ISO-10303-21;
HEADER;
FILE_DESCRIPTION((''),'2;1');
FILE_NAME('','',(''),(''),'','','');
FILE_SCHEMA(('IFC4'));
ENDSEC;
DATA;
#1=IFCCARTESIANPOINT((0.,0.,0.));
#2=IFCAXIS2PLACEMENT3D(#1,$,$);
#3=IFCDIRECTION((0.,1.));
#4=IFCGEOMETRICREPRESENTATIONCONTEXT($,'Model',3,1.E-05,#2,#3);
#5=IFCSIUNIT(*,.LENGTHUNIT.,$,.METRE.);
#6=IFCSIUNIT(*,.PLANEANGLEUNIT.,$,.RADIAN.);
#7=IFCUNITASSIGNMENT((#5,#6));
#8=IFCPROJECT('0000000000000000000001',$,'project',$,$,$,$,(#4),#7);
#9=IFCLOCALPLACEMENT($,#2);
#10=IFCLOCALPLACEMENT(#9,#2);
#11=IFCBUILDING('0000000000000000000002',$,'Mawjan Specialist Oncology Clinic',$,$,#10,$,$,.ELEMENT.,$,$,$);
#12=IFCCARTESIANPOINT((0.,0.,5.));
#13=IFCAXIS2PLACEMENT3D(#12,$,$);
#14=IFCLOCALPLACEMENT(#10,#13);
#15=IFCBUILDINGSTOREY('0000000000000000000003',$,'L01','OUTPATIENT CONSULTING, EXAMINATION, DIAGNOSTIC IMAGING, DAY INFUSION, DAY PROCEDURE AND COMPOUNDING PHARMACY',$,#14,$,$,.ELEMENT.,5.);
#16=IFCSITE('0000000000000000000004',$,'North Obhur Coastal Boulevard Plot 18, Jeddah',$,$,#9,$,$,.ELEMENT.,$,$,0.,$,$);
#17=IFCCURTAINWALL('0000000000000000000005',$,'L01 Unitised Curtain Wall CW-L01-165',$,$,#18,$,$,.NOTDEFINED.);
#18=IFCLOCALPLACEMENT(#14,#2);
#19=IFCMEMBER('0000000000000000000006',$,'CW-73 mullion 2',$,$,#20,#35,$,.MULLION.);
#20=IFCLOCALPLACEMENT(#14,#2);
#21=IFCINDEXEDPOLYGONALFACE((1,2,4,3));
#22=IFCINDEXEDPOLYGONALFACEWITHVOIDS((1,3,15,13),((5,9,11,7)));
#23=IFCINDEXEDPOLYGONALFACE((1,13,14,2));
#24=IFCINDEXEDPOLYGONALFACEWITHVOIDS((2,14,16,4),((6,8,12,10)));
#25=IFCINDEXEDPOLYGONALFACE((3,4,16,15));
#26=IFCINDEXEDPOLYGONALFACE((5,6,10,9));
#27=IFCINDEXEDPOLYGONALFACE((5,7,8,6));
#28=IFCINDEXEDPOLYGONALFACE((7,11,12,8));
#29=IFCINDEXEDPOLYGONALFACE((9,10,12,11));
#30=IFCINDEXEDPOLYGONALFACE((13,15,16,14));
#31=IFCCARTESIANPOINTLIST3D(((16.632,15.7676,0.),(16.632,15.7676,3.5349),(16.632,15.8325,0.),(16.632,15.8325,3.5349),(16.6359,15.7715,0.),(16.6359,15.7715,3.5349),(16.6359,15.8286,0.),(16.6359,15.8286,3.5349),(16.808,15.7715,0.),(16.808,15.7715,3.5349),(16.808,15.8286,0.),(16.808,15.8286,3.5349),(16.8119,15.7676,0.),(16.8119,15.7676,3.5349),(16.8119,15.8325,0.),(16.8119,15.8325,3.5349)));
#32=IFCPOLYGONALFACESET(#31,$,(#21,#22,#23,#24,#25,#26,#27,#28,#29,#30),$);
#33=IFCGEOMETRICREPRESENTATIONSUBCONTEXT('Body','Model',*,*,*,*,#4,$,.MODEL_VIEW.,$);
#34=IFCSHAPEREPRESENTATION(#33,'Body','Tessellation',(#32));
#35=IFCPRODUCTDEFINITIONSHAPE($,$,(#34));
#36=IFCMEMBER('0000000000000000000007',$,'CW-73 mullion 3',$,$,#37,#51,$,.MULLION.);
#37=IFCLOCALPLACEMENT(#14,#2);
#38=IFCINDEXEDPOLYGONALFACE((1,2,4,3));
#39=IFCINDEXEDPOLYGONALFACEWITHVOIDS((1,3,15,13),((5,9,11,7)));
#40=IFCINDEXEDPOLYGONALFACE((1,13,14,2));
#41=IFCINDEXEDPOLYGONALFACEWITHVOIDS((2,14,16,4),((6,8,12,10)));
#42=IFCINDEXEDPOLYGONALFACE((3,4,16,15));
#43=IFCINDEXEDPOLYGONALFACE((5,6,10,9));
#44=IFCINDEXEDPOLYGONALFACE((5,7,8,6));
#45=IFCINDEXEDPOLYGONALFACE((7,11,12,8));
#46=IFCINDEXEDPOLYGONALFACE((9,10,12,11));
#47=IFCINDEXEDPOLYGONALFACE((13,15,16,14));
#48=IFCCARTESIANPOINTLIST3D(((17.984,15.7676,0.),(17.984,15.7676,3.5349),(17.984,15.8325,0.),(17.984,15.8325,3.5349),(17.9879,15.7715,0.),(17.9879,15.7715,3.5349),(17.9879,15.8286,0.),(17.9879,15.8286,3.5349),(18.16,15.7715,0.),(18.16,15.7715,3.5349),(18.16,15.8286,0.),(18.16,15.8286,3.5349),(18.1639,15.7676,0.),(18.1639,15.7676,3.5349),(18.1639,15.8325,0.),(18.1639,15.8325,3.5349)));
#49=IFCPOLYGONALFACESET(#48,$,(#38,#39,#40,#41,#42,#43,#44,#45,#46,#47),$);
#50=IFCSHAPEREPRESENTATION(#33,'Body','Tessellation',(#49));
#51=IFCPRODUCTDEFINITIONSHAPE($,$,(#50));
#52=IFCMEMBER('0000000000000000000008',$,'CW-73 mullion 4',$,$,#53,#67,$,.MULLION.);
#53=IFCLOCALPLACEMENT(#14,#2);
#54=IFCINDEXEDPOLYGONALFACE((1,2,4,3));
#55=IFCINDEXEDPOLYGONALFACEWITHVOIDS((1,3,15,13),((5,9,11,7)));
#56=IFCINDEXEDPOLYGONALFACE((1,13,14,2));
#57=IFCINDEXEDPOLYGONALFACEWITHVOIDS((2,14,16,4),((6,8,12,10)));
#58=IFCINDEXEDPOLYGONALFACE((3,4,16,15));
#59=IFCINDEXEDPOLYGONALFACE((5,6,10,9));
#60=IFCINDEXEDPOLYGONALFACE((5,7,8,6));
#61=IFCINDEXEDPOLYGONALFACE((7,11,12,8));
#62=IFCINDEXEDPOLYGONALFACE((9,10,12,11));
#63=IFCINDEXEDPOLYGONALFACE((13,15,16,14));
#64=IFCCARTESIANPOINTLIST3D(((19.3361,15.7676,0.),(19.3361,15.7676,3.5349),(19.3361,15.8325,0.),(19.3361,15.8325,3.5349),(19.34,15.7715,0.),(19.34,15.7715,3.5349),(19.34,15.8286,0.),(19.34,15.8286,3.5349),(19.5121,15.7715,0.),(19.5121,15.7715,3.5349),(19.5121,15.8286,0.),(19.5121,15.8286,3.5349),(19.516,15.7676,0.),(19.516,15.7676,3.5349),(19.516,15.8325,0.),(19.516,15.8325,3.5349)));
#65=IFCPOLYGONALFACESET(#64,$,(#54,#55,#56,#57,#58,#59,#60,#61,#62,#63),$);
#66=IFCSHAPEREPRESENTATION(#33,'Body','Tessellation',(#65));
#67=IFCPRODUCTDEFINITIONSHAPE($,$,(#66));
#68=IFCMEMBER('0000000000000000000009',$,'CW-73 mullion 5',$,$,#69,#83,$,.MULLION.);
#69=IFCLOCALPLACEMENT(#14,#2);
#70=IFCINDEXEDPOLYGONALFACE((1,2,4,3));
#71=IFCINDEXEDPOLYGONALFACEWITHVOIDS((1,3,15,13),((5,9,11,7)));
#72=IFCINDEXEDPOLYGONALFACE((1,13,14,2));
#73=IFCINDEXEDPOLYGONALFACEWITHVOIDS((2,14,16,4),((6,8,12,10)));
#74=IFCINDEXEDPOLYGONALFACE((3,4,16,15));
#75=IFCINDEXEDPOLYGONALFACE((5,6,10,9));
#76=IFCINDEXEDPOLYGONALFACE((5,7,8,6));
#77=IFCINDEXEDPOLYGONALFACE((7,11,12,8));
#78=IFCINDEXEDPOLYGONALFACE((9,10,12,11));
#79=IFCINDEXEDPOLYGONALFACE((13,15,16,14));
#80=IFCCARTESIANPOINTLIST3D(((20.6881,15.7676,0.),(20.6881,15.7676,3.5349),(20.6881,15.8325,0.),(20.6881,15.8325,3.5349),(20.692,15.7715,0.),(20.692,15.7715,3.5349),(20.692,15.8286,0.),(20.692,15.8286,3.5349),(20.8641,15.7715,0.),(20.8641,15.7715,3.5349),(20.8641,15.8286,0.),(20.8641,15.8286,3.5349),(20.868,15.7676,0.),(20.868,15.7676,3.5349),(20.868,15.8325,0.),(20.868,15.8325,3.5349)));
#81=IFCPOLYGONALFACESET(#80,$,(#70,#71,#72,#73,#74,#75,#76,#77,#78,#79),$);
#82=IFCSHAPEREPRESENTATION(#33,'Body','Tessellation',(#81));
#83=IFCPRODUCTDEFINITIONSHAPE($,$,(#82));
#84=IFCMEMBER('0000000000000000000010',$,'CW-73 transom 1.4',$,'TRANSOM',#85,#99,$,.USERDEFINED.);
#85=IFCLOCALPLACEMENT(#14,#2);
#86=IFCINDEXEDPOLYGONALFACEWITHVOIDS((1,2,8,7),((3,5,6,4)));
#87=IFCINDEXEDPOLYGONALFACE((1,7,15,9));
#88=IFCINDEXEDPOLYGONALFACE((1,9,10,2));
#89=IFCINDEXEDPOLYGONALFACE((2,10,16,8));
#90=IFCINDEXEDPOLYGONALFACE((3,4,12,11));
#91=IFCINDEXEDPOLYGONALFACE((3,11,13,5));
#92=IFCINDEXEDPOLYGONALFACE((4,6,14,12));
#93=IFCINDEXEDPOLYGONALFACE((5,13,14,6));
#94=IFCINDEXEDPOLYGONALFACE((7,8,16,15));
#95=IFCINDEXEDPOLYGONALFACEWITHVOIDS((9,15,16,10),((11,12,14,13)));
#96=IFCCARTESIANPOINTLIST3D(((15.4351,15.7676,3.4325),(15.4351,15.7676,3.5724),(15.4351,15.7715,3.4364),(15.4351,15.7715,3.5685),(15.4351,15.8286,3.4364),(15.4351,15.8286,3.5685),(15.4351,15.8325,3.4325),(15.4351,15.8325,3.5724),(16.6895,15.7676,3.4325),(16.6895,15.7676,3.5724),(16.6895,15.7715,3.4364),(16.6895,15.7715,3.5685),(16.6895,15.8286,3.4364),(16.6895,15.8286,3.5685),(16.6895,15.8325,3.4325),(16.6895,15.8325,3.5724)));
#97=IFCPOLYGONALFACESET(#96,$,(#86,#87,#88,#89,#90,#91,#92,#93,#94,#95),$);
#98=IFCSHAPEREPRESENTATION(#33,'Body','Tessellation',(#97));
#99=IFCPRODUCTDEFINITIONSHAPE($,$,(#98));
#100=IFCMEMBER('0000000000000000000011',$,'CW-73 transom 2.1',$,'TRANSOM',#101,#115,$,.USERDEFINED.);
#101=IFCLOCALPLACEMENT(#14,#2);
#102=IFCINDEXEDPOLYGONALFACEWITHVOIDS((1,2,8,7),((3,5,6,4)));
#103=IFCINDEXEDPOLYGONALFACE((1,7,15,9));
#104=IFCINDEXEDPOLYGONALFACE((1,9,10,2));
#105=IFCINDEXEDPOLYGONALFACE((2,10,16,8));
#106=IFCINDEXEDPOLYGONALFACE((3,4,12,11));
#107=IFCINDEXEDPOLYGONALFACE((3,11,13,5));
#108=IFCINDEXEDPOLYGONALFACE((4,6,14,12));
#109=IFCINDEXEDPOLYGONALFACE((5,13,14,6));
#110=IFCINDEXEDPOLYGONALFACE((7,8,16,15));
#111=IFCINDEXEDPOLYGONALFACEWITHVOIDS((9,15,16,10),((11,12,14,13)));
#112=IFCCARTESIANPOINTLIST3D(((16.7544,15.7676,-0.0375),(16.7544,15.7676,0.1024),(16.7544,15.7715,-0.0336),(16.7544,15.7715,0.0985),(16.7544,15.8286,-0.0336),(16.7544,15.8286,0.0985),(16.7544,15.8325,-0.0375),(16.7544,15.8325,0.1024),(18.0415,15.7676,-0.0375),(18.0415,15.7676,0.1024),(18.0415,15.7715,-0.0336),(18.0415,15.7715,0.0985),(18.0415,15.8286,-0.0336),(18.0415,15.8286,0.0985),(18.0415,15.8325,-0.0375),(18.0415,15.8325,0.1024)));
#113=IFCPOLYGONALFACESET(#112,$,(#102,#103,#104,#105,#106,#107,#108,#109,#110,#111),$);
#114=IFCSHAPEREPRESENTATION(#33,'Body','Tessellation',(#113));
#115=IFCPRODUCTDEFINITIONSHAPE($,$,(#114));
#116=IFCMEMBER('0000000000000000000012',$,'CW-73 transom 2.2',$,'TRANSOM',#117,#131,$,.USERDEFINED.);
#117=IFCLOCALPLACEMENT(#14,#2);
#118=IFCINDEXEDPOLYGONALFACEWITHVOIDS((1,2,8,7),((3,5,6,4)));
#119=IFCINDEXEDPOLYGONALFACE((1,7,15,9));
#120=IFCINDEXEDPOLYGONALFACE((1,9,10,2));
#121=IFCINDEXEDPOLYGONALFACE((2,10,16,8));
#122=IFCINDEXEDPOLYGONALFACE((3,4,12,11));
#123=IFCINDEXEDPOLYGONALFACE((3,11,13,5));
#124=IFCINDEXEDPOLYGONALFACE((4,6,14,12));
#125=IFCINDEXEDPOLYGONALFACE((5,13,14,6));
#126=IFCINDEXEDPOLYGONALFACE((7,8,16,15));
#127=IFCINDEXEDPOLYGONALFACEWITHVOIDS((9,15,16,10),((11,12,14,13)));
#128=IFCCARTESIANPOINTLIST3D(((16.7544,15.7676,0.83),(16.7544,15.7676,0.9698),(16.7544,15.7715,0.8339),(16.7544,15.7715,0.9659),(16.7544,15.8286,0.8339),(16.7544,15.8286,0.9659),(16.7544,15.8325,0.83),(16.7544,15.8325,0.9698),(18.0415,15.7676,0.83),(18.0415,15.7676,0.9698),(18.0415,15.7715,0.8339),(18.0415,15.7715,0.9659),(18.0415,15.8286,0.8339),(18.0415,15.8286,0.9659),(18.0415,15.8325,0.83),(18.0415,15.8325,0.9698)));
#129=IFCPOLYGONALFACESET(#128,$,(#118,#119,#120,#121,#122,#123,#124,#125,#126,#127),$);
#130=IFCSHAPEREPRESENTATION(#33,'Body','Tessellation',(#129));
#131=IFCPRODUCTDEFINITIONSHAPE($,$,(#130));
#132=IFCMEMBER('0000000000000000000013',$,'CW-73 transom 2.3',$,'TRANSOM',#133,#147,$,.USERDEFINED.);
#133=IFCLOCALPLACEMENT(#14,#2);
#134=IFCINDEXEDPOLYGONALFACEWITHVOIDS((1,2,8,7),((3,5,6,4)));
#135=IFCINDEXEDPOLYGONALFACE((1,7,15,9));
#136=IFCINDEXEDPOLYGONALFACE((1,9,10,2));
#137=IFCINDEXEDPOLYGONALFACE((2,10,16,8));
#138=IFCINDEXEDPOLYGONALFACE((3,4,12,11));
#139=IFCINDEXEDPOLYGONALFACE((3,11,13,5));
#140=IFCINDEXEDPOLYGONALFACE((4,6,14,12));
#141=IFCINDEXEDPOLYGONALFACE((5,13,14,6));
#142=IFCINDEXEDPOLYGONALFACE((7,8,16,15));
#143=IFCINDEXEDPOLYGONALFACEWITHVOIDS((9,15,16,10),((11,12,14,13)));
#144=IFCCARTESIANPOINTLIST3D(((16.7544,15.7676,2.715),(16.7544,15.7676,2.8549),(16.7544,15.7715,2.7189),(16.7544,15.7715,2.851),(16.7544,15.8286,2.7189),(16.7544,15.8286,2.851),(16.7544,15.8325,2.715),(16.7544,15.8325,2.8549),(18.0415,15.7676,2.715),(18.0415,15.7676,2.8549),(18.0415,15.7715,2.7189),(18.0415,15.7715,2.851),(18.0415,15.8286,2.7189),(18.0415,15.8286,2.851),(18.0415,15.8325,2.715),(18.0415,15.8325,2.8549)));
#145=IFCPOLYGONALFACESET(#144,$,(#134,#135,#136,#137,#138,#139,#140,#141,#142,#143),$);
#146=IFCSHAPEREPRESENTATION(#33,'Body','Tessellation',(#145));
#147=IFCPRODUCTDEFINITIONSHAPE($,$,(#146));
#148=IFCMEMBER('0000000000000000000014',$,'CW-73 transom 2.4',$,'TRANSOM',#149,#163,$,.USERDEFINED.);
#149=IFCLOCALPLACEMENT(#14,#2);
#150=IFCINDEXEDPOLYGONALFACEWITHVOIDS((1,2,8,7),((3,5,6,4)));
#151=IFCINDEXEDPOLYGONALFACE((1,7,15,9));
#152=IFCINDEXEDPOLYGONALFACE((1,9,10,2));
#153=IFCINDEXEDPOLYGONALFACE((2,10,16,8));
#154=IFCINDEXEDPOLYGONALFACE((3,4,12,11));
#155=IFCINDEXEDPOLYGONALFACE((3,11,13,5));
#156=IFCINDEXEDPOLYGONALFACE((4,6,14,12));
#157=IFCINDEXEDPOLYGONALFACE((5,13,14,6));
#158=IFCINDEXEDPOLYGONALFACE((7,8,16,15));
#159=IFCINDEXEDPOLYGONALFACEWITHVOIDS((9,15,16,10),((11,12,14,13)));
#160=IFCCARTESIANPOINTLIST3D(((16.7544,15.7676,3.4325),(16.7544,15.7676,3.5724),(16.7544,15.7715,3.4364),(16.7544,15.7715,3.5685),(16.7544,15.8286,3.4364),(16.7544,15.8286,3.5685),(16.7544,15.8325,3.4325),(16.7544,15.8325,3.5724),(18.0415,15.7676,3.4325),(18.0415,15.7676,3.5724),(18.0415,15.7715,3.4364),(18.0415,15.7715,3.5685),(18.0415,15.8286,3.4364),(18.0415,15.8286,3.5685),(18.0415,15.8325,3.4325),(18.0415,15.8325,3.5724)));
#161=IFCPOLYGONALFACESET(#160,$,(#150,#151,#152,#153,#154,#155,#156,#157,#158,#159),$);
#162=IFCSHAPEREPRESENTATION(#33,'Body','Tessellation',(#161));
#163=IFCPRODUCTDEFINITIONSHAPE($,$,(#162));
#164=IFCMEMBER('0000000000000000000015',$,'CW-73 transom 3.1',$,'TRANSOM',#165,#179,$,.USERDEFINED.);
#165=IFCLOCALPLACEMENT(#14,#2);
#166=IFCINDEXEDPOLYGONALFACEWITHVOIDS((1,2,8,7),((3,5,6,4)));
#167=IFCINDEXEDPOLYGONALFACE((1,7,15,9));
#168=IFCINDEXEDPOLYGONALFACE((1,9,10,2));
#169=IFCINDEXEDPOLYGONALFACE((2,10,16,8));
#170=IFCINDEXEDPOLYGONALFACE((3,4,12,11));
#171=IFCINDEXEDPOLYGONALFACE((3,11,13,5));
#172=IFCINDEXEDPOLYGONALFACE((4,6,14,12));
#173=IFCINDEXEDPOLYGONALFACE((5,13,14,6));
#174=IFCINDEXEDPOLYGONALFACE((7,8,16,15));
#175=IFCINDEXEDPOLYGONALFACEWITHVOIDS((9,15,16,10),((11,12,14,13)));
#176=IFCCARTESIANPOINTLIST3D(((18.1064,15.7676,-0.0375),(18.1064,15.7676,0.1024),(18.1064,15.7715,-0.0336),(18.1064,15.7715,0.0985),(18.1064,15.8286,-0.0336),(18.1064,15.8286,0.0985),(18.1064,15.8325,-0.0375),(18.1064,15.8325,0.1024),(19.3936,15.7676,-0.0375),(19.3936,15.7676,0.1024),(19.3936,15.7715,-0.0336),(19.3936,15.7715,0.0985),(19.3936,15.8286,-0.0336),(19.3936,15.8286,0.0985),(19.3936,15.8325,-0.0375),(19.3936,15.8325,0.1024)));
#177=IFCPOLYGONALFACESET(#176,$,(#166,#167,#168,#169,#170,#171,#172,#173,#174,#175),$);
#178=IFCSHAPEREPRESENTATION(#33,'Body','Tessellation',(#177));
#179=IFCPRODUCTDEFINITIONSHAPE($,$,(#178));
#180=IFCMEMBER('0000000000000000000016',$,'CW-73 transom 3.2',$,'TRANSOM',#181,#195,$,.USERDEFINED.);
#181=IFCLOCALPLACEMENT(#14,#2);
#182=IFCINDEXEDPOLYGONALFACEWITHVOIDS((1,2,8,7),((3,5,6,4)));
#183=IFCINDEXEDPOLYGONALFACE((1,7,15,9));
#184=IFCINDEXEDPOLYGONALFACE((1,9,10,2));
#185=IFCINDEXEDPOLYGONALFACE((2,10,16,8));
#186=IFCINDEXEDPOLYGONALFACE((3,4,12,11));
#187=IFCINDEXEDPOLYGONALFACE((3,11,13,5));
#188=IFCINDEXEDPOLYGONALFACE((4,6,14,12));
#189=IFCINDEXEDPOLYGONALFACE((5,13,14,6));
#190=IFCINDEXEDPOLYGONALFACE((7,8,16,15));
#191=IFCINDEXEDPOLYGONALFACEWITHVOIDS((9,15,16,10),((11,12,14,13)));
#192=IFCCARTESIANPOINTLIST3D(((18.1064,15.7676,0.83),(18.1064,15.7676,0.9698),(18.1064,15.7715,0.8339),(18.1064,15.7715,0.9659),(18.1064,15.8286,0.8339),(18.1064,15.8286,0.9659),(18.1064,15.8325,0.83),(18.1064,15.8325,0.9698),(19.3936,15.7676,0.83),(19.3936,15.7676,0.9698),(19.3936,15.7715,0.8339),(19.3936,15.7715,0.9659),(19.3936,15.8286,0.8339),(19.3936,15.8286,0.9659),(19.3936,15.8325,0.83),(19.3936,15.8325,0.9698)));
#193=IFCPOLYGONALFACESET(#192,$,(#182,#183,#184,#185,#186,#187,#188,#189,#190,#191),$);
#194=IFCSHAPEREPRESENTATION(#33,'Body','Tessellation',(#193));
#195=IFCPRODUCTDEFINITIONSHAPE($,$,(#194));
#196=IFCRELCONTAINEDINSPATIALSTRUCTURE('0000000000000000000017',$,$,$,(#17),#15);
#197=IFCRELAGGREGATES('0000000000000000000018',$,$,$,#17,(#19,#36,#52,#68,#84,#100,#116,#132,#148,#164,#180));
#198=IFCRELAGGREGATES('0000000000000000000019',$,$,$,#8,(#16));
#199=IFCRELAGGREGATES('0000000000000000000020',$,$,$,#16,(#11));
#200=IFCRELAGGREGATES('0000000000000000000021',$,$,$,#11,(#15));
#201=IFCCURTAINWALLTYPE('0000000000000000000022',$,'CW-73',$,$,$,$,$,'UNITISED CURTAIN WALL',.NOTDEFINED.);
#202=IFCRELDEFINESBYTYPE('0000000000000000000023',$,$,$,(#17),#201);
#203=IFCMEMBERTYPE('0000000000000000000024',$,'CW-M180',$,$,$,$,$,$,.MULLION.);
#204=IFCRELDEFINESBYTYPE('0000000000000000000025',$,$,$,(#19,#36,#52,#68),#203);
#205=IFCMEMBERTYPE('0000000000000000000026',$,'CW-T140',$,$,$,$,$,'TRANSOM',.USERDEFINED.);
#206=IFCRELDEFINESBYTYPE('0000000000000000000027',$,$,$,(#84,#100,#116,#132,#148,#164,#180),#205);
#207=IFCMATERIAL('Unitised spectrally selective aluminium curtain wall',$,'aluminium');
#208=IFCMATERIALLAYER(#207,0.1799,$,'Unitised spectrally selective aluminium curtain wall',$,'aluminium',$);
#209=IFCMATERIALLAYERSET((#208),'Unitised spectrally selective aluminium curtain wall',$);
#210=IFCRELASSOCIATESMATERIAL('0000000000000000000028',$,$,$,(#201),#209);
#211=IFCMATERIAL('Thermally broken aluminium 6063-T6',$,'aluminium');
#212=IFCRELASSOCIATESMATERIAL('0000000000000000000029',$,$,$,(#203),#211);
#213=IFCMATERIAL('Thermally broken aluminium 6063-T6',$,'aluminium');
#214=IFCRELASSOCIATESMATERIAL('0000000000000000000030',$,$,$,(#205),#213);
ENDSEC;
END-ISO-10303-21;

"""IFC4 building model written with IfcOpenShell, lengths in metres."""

from ifc_helpers import new_model, si_unit, direction, frame, origin, origin_2d, place, context, subcontext, project, spatial, hollow_rectangle, extrude, material, layer, layer_set, material_profile, profile_set, type_object, element, aggregate, save


model = new_model("IFC4")

# Units and contexts
model_context = context("Model", 3, precision=1e-05, world=origin(), true_north=direction((0.0, 1.0)))
body_context = subcontext(model_context, "Body", "Model", "MODEL_VIEW")
ifc_project = project(units=[si_unit("LENGTHUNIT", "METRE"), si_unit("PLANEANGLEUNIT", "RADIAN")], contexts=[model_context])

# Site, building, storey
site_placement = place(None, origin())
site = spatial("IfcSite", under=ifc_project, at=site_placement, Name="North Obhur Coastal Boulevard Plot 18, Jeddah", CompositionType="ELEMENT", RefElevation=0.0)
building_placement = place(site_placement, origin())
building = spatial("IfcBuilding", under=site, at=building_placement, Name="Mawjan Specialist Oncology Clinic", CompositionType="ELEMENT")
storey_placement = place(building_placement, frame((0.0, 0.0, 5.0)))
storey = spatial("IfcBuildingStorey", under=building, at=storey_placement, Name="L01", Description="OUTPATIENT CONSULTING, EXAMINATION, DIAGNOSTIC IMAGING, DAY INFUSION, DAY PROCEDURE AND COMPOUNDING PHARMACY", CompositionType="ELEMENT", Elevation=5.0)

# Curtain wall, members
ifc_material_1 = material(Name="Unitised spectrally selective aluminium curtain wall", Category="aluminium")
ifc_layer_1 = layer(ifc_material_1, 0.1799, Name="Unitised spectrally selective aluminium curtain wall", Category="aluminium")
ifc_layer_set_1 = layer_set([ifc_layer_1], Name="Unitised spectrally selective aluminium curtain wall")
curtain_wall_type = type_object("IfcCurtainWallType", Name="CW-73", ElementType="UNITISED CURTAIN WALL", PredefinedType="NOTDEFINED", material=ifc_layer_set_1)
curtain_wall_placement = place(storey_placement, origin())
curtain_wall = element("IfcCurtainWall", 1, at=curtain_wall_placement, inside=storey, type_object=curtain_wall_type, Name="L01 Unitised Curtain Wall CW-L01-165", PredefinedType="NOTDEFINED")
ifc_material_2 = material(Name="Thermally broken aluminium 6063-T6", Category="aluminium")
ifc_material_profile_1 = material_profile(ifc_material_2, hollow_rectangle(XDim=0.0649, YDim=0.1799, WallThickness=0.0039, at=origin_2d()), Name="ALU MULLION 180x65x4", Category="aluminium")
ifc_profile_set_1 = profile_set([ifc_material_profile_1], Name="Thermally broken aluminium 6063-T6")
member_type_1 = type_object("IfcMemberType", Name="CW-M180", PredefinedType="MULLION", material=ifc_profile_set_1)
member_1_placement = place(storey_placement, frame((16.7219, 15.8, 0.0), z_axis=(0.0, 0.0, 1.0), x_axis=(0.0, 1.0, 0.0)))
member_1 = element("IfcMember", 2, at=member_1_placement, type_object=member_type_1, Name="CW-73 mullion 2", PredefinedType="MULLION", context=body_context, shape_type="SweptSolid", body=[
    extrude(hollow_rectangle(XDim=0.0649, YDim=0.1799, WallThickness=0.0039, at=origin_2d()), origin(), (0.0, 0.0, 1.0), 3.5349),
])
member_2_placement = place(storey_placement, frame((18.074, 15.8, 0.0), z_axis=(0.0, 0.0, 1.0), x_axis=(0.0, 1.0, 0.0)))
member_2 = element("IfcMember", 3, at=member_2_placement, type_object=member_type_1, Name="CW-73 mullion 3", PredefinedType="MULLION", context=body_context, shape_type="SweptSolid", body=[
    extrude(hollow_rectangle(XDim=0.0649, YDim=0.1799, WallThickness=0.0039, at=origin_2d()), origin(), (0.0, 0.0, 1.0), 3.5349),
])
member_3_placement = place(storey_placement, frame((19.426, 15.8, 0.0), z_axis=(0.0, 0.0, 1.0), x_axis=(0.0, 1.0, 0.0)))
member_3 = element("IfcMember", 4, at=member_3_placement, type_object=member_type_1, Name="CW-73 mullion 4", PredefinedType="MULLION", context=body_context, shape_type="SweptSolid", body=[
    extrude(hollow_rectangle(XDim=0.0649, YDim=0.1799, WallThickness=0.0039, at=origin_2d()), origin(), (0.0, 0.0, 1.0), 3.5349),
])
member_4_placement = place(storey_placement, frame((20.7781, 15.8, 0.0), z_axis=(0.0, 0.0, 1.0), x_axis=(0.0, 1.0, 0.0)))
member_4 = element("IfcMember", 5, at=member_4_placement, type_object=member_type_1, Name="CW-73 mullion 5", PredefinedType="MULLION", context=body_context, shape_type="SweptSolid", body=[
    extrude(hollow_rectangle(XDim=0.0649, YDim=0.1799, WallThickness=0.0039, at=origin_2d()), origin(), (0.0, 0.0, 1.0), 3.5349),
])
ifc_material_3 = material(Name="Thermally broken aluminium 6063-T6", Category="aluminium")
ifc_material_profile_2 = material_profile(ifc_material_3, hollow_rectangle(XDim=0.0649, YDim=0.1399, WallThickness=0.0039, at=origin_2d()), Name="ALU TRANSOM 140x65x4", Category="aluminium")
ifc_profile_set_2 = profile_set([ifc_material_profile_2], Name="Thermally broken aluminium 6063-T6")
member_type_2 = type_object("IfcMemberType", Name="CW-T140", ElementType="TRANSOM", PredefinedType="USERDEFINED", material=ifc_profile_set_2)
member_5_placement = place(storey_placement, frame((15.4351, 15.8, 3.5024), z_axis=(1.0, 0.0, 0.0), x_axis=(0.0, 1.0, 0.0)))
member_5 = element("IfcMember", 6, at=member_5_placement, type_object=member_type_2, Name="CW-73 transom 1.4", ObjectType="TRANSOM", PredefinedType="USERDEFINED", context=body_context, shape_type="SweptSolid", body=[
    extrude(hollow_rectangle(XDim=0.0649, YDim=0.1399, WallThickness=0.0039, at=origin_2d()), origin(), (0.0, 0.0, 1.0), 1.2544),
])
member_6_placement = place(storey_placement, frame((16.7544, 15.8, 0.0325), z_axis=(1.0, 0.0, 0.0), x_axis=(0.0, 1.0, 0.0)))
member_6 = element("IfcMember", 7, at=member_6_placement, type_object=member_type_2, Name="CW-73 transom 2.1", ObjectType="TRANSOM", PredefinedType="USERDEFINED", context=body_context, shape_type="SweptSolid", body=[
    extrude(hollow_rectangle(XDim=0.0649, YDim=0.1399, WallThickness=0.0039, at=origin_2d()), origin(), (0.0, 0.0, 1.0), 1.2871),
])
member_7_placement = place(storey_placement, frame((16.7544, 15.8, 0.8999), z_axis=(1.0, 0.0, 0.0), x_axis=(0.0, 1.0, 0.0)))
member_7 = element("IfcMember", 8, at=member_7_placement, type_object=member_type_2, Name="CW-73 transom 2.2", ObjectType="TRANSOM", PredefinedType="USERDEFINED", context=body_context, shape_type="SweptSolid", body=[
    extrude(hollow_rectangle(XDim=0.0649, YDim=0.1399, WallThickness=0.0039, at=origin_2d()), origin(), (0.0, 0.0, 1.0), 1.2871),
])
member_8_placement = place(storey_placement, frame((16.7544, 15.8, 2.7849), z_axis=(1.0, 0.0, 0.0), x_axis=(0.0, 1.0, 0.0)))
member_8 = element("IfcMember", 9, at=member_8_placement, type_object=member_type_2, Name="CW-73 transom 2.3", ObjectType="TRANSOM", PredefinedType="USERDEFINED", context=body_context, shape_type="SweptSolid", body=[
    extrude(hollow_rectangle(XDim=0.0649, YDim=0.1399, WallThickness=0.0039, at=origin_2d()), origin(), (0.0, 0.0, 1.0), 1.2871),
])
member_9_placement = place(storey_placement, frame((16.7544, 15.8, 3.5024), z_axis=(1.0, 0.0, 0.0), x_axis=(0.0, 1.0, 0.0)))
member_9 = element("IfcMember", 10, at=member_9_placement, type_object=member_type_2, Name="CW-73 transom 2.4", ObjectType="TRANSOM", PredefinedType="USERDEFINED", context=body_context, shape_type="SweptSolid", body=[
    extrude(hollow_rectangle(XDim=0.0649, YDim=0.1399, WallThickness=0.0039, at=origin_2d()), origin(), (0.0, 0.0, 1.0), 1.2871),
])
member_10_placement = place(storey_placement, frame((18.1064, 15.8, 0.0325), z_axis=(1.0, 0.0, 0.0), x_axis=(0.0, 1.0, 0.0)))
member_10 = element("IfcMember", 11, at=member_10_placement, type_object=member_type_2, Name="CW-73 transom 3.1", ObjectType="TRANSOM", PredefinedType="USERDEFINED", context=body_context, shape_type="SweptSolid", body=[
    extrude(hollow_rectangle(XDim=0.0649, YDim=0.1399, WallThickness=0.0039, at=origin_2d()), origin(), (0.0, 0.0, 1.0), 1.2871),
])
member_11_placement = place(storey_placement, frame((18.1064, 15.8, 0.8999), z_axis=(1.0, 0.0, 0.0), x_axis=(0.0, 1.0, 0.0)))
member_11 = element("IfcMember", 12, at=member_11_placement, type_object=member_type_2, Name="CW-73 transom 3.2", ObjectType="TRANSOM", PredefinedType="USERDEFINED", context=body_context, shape_type="SweptSolid", body=[
    extrude(hollow_rectangle(XDim=0.0649, YDim=0.1399, WallThickness=0.0039, at=origin_2d()), origin(), (0.0, 0.0, 1.0), 1.2871),
])
aggregate(curtain_wall, [member_1, member_2, member_3, member_4, member_5, member_6, member_7, member_8, member_9, member_10, member_11])

save(model, "model.ifc")
